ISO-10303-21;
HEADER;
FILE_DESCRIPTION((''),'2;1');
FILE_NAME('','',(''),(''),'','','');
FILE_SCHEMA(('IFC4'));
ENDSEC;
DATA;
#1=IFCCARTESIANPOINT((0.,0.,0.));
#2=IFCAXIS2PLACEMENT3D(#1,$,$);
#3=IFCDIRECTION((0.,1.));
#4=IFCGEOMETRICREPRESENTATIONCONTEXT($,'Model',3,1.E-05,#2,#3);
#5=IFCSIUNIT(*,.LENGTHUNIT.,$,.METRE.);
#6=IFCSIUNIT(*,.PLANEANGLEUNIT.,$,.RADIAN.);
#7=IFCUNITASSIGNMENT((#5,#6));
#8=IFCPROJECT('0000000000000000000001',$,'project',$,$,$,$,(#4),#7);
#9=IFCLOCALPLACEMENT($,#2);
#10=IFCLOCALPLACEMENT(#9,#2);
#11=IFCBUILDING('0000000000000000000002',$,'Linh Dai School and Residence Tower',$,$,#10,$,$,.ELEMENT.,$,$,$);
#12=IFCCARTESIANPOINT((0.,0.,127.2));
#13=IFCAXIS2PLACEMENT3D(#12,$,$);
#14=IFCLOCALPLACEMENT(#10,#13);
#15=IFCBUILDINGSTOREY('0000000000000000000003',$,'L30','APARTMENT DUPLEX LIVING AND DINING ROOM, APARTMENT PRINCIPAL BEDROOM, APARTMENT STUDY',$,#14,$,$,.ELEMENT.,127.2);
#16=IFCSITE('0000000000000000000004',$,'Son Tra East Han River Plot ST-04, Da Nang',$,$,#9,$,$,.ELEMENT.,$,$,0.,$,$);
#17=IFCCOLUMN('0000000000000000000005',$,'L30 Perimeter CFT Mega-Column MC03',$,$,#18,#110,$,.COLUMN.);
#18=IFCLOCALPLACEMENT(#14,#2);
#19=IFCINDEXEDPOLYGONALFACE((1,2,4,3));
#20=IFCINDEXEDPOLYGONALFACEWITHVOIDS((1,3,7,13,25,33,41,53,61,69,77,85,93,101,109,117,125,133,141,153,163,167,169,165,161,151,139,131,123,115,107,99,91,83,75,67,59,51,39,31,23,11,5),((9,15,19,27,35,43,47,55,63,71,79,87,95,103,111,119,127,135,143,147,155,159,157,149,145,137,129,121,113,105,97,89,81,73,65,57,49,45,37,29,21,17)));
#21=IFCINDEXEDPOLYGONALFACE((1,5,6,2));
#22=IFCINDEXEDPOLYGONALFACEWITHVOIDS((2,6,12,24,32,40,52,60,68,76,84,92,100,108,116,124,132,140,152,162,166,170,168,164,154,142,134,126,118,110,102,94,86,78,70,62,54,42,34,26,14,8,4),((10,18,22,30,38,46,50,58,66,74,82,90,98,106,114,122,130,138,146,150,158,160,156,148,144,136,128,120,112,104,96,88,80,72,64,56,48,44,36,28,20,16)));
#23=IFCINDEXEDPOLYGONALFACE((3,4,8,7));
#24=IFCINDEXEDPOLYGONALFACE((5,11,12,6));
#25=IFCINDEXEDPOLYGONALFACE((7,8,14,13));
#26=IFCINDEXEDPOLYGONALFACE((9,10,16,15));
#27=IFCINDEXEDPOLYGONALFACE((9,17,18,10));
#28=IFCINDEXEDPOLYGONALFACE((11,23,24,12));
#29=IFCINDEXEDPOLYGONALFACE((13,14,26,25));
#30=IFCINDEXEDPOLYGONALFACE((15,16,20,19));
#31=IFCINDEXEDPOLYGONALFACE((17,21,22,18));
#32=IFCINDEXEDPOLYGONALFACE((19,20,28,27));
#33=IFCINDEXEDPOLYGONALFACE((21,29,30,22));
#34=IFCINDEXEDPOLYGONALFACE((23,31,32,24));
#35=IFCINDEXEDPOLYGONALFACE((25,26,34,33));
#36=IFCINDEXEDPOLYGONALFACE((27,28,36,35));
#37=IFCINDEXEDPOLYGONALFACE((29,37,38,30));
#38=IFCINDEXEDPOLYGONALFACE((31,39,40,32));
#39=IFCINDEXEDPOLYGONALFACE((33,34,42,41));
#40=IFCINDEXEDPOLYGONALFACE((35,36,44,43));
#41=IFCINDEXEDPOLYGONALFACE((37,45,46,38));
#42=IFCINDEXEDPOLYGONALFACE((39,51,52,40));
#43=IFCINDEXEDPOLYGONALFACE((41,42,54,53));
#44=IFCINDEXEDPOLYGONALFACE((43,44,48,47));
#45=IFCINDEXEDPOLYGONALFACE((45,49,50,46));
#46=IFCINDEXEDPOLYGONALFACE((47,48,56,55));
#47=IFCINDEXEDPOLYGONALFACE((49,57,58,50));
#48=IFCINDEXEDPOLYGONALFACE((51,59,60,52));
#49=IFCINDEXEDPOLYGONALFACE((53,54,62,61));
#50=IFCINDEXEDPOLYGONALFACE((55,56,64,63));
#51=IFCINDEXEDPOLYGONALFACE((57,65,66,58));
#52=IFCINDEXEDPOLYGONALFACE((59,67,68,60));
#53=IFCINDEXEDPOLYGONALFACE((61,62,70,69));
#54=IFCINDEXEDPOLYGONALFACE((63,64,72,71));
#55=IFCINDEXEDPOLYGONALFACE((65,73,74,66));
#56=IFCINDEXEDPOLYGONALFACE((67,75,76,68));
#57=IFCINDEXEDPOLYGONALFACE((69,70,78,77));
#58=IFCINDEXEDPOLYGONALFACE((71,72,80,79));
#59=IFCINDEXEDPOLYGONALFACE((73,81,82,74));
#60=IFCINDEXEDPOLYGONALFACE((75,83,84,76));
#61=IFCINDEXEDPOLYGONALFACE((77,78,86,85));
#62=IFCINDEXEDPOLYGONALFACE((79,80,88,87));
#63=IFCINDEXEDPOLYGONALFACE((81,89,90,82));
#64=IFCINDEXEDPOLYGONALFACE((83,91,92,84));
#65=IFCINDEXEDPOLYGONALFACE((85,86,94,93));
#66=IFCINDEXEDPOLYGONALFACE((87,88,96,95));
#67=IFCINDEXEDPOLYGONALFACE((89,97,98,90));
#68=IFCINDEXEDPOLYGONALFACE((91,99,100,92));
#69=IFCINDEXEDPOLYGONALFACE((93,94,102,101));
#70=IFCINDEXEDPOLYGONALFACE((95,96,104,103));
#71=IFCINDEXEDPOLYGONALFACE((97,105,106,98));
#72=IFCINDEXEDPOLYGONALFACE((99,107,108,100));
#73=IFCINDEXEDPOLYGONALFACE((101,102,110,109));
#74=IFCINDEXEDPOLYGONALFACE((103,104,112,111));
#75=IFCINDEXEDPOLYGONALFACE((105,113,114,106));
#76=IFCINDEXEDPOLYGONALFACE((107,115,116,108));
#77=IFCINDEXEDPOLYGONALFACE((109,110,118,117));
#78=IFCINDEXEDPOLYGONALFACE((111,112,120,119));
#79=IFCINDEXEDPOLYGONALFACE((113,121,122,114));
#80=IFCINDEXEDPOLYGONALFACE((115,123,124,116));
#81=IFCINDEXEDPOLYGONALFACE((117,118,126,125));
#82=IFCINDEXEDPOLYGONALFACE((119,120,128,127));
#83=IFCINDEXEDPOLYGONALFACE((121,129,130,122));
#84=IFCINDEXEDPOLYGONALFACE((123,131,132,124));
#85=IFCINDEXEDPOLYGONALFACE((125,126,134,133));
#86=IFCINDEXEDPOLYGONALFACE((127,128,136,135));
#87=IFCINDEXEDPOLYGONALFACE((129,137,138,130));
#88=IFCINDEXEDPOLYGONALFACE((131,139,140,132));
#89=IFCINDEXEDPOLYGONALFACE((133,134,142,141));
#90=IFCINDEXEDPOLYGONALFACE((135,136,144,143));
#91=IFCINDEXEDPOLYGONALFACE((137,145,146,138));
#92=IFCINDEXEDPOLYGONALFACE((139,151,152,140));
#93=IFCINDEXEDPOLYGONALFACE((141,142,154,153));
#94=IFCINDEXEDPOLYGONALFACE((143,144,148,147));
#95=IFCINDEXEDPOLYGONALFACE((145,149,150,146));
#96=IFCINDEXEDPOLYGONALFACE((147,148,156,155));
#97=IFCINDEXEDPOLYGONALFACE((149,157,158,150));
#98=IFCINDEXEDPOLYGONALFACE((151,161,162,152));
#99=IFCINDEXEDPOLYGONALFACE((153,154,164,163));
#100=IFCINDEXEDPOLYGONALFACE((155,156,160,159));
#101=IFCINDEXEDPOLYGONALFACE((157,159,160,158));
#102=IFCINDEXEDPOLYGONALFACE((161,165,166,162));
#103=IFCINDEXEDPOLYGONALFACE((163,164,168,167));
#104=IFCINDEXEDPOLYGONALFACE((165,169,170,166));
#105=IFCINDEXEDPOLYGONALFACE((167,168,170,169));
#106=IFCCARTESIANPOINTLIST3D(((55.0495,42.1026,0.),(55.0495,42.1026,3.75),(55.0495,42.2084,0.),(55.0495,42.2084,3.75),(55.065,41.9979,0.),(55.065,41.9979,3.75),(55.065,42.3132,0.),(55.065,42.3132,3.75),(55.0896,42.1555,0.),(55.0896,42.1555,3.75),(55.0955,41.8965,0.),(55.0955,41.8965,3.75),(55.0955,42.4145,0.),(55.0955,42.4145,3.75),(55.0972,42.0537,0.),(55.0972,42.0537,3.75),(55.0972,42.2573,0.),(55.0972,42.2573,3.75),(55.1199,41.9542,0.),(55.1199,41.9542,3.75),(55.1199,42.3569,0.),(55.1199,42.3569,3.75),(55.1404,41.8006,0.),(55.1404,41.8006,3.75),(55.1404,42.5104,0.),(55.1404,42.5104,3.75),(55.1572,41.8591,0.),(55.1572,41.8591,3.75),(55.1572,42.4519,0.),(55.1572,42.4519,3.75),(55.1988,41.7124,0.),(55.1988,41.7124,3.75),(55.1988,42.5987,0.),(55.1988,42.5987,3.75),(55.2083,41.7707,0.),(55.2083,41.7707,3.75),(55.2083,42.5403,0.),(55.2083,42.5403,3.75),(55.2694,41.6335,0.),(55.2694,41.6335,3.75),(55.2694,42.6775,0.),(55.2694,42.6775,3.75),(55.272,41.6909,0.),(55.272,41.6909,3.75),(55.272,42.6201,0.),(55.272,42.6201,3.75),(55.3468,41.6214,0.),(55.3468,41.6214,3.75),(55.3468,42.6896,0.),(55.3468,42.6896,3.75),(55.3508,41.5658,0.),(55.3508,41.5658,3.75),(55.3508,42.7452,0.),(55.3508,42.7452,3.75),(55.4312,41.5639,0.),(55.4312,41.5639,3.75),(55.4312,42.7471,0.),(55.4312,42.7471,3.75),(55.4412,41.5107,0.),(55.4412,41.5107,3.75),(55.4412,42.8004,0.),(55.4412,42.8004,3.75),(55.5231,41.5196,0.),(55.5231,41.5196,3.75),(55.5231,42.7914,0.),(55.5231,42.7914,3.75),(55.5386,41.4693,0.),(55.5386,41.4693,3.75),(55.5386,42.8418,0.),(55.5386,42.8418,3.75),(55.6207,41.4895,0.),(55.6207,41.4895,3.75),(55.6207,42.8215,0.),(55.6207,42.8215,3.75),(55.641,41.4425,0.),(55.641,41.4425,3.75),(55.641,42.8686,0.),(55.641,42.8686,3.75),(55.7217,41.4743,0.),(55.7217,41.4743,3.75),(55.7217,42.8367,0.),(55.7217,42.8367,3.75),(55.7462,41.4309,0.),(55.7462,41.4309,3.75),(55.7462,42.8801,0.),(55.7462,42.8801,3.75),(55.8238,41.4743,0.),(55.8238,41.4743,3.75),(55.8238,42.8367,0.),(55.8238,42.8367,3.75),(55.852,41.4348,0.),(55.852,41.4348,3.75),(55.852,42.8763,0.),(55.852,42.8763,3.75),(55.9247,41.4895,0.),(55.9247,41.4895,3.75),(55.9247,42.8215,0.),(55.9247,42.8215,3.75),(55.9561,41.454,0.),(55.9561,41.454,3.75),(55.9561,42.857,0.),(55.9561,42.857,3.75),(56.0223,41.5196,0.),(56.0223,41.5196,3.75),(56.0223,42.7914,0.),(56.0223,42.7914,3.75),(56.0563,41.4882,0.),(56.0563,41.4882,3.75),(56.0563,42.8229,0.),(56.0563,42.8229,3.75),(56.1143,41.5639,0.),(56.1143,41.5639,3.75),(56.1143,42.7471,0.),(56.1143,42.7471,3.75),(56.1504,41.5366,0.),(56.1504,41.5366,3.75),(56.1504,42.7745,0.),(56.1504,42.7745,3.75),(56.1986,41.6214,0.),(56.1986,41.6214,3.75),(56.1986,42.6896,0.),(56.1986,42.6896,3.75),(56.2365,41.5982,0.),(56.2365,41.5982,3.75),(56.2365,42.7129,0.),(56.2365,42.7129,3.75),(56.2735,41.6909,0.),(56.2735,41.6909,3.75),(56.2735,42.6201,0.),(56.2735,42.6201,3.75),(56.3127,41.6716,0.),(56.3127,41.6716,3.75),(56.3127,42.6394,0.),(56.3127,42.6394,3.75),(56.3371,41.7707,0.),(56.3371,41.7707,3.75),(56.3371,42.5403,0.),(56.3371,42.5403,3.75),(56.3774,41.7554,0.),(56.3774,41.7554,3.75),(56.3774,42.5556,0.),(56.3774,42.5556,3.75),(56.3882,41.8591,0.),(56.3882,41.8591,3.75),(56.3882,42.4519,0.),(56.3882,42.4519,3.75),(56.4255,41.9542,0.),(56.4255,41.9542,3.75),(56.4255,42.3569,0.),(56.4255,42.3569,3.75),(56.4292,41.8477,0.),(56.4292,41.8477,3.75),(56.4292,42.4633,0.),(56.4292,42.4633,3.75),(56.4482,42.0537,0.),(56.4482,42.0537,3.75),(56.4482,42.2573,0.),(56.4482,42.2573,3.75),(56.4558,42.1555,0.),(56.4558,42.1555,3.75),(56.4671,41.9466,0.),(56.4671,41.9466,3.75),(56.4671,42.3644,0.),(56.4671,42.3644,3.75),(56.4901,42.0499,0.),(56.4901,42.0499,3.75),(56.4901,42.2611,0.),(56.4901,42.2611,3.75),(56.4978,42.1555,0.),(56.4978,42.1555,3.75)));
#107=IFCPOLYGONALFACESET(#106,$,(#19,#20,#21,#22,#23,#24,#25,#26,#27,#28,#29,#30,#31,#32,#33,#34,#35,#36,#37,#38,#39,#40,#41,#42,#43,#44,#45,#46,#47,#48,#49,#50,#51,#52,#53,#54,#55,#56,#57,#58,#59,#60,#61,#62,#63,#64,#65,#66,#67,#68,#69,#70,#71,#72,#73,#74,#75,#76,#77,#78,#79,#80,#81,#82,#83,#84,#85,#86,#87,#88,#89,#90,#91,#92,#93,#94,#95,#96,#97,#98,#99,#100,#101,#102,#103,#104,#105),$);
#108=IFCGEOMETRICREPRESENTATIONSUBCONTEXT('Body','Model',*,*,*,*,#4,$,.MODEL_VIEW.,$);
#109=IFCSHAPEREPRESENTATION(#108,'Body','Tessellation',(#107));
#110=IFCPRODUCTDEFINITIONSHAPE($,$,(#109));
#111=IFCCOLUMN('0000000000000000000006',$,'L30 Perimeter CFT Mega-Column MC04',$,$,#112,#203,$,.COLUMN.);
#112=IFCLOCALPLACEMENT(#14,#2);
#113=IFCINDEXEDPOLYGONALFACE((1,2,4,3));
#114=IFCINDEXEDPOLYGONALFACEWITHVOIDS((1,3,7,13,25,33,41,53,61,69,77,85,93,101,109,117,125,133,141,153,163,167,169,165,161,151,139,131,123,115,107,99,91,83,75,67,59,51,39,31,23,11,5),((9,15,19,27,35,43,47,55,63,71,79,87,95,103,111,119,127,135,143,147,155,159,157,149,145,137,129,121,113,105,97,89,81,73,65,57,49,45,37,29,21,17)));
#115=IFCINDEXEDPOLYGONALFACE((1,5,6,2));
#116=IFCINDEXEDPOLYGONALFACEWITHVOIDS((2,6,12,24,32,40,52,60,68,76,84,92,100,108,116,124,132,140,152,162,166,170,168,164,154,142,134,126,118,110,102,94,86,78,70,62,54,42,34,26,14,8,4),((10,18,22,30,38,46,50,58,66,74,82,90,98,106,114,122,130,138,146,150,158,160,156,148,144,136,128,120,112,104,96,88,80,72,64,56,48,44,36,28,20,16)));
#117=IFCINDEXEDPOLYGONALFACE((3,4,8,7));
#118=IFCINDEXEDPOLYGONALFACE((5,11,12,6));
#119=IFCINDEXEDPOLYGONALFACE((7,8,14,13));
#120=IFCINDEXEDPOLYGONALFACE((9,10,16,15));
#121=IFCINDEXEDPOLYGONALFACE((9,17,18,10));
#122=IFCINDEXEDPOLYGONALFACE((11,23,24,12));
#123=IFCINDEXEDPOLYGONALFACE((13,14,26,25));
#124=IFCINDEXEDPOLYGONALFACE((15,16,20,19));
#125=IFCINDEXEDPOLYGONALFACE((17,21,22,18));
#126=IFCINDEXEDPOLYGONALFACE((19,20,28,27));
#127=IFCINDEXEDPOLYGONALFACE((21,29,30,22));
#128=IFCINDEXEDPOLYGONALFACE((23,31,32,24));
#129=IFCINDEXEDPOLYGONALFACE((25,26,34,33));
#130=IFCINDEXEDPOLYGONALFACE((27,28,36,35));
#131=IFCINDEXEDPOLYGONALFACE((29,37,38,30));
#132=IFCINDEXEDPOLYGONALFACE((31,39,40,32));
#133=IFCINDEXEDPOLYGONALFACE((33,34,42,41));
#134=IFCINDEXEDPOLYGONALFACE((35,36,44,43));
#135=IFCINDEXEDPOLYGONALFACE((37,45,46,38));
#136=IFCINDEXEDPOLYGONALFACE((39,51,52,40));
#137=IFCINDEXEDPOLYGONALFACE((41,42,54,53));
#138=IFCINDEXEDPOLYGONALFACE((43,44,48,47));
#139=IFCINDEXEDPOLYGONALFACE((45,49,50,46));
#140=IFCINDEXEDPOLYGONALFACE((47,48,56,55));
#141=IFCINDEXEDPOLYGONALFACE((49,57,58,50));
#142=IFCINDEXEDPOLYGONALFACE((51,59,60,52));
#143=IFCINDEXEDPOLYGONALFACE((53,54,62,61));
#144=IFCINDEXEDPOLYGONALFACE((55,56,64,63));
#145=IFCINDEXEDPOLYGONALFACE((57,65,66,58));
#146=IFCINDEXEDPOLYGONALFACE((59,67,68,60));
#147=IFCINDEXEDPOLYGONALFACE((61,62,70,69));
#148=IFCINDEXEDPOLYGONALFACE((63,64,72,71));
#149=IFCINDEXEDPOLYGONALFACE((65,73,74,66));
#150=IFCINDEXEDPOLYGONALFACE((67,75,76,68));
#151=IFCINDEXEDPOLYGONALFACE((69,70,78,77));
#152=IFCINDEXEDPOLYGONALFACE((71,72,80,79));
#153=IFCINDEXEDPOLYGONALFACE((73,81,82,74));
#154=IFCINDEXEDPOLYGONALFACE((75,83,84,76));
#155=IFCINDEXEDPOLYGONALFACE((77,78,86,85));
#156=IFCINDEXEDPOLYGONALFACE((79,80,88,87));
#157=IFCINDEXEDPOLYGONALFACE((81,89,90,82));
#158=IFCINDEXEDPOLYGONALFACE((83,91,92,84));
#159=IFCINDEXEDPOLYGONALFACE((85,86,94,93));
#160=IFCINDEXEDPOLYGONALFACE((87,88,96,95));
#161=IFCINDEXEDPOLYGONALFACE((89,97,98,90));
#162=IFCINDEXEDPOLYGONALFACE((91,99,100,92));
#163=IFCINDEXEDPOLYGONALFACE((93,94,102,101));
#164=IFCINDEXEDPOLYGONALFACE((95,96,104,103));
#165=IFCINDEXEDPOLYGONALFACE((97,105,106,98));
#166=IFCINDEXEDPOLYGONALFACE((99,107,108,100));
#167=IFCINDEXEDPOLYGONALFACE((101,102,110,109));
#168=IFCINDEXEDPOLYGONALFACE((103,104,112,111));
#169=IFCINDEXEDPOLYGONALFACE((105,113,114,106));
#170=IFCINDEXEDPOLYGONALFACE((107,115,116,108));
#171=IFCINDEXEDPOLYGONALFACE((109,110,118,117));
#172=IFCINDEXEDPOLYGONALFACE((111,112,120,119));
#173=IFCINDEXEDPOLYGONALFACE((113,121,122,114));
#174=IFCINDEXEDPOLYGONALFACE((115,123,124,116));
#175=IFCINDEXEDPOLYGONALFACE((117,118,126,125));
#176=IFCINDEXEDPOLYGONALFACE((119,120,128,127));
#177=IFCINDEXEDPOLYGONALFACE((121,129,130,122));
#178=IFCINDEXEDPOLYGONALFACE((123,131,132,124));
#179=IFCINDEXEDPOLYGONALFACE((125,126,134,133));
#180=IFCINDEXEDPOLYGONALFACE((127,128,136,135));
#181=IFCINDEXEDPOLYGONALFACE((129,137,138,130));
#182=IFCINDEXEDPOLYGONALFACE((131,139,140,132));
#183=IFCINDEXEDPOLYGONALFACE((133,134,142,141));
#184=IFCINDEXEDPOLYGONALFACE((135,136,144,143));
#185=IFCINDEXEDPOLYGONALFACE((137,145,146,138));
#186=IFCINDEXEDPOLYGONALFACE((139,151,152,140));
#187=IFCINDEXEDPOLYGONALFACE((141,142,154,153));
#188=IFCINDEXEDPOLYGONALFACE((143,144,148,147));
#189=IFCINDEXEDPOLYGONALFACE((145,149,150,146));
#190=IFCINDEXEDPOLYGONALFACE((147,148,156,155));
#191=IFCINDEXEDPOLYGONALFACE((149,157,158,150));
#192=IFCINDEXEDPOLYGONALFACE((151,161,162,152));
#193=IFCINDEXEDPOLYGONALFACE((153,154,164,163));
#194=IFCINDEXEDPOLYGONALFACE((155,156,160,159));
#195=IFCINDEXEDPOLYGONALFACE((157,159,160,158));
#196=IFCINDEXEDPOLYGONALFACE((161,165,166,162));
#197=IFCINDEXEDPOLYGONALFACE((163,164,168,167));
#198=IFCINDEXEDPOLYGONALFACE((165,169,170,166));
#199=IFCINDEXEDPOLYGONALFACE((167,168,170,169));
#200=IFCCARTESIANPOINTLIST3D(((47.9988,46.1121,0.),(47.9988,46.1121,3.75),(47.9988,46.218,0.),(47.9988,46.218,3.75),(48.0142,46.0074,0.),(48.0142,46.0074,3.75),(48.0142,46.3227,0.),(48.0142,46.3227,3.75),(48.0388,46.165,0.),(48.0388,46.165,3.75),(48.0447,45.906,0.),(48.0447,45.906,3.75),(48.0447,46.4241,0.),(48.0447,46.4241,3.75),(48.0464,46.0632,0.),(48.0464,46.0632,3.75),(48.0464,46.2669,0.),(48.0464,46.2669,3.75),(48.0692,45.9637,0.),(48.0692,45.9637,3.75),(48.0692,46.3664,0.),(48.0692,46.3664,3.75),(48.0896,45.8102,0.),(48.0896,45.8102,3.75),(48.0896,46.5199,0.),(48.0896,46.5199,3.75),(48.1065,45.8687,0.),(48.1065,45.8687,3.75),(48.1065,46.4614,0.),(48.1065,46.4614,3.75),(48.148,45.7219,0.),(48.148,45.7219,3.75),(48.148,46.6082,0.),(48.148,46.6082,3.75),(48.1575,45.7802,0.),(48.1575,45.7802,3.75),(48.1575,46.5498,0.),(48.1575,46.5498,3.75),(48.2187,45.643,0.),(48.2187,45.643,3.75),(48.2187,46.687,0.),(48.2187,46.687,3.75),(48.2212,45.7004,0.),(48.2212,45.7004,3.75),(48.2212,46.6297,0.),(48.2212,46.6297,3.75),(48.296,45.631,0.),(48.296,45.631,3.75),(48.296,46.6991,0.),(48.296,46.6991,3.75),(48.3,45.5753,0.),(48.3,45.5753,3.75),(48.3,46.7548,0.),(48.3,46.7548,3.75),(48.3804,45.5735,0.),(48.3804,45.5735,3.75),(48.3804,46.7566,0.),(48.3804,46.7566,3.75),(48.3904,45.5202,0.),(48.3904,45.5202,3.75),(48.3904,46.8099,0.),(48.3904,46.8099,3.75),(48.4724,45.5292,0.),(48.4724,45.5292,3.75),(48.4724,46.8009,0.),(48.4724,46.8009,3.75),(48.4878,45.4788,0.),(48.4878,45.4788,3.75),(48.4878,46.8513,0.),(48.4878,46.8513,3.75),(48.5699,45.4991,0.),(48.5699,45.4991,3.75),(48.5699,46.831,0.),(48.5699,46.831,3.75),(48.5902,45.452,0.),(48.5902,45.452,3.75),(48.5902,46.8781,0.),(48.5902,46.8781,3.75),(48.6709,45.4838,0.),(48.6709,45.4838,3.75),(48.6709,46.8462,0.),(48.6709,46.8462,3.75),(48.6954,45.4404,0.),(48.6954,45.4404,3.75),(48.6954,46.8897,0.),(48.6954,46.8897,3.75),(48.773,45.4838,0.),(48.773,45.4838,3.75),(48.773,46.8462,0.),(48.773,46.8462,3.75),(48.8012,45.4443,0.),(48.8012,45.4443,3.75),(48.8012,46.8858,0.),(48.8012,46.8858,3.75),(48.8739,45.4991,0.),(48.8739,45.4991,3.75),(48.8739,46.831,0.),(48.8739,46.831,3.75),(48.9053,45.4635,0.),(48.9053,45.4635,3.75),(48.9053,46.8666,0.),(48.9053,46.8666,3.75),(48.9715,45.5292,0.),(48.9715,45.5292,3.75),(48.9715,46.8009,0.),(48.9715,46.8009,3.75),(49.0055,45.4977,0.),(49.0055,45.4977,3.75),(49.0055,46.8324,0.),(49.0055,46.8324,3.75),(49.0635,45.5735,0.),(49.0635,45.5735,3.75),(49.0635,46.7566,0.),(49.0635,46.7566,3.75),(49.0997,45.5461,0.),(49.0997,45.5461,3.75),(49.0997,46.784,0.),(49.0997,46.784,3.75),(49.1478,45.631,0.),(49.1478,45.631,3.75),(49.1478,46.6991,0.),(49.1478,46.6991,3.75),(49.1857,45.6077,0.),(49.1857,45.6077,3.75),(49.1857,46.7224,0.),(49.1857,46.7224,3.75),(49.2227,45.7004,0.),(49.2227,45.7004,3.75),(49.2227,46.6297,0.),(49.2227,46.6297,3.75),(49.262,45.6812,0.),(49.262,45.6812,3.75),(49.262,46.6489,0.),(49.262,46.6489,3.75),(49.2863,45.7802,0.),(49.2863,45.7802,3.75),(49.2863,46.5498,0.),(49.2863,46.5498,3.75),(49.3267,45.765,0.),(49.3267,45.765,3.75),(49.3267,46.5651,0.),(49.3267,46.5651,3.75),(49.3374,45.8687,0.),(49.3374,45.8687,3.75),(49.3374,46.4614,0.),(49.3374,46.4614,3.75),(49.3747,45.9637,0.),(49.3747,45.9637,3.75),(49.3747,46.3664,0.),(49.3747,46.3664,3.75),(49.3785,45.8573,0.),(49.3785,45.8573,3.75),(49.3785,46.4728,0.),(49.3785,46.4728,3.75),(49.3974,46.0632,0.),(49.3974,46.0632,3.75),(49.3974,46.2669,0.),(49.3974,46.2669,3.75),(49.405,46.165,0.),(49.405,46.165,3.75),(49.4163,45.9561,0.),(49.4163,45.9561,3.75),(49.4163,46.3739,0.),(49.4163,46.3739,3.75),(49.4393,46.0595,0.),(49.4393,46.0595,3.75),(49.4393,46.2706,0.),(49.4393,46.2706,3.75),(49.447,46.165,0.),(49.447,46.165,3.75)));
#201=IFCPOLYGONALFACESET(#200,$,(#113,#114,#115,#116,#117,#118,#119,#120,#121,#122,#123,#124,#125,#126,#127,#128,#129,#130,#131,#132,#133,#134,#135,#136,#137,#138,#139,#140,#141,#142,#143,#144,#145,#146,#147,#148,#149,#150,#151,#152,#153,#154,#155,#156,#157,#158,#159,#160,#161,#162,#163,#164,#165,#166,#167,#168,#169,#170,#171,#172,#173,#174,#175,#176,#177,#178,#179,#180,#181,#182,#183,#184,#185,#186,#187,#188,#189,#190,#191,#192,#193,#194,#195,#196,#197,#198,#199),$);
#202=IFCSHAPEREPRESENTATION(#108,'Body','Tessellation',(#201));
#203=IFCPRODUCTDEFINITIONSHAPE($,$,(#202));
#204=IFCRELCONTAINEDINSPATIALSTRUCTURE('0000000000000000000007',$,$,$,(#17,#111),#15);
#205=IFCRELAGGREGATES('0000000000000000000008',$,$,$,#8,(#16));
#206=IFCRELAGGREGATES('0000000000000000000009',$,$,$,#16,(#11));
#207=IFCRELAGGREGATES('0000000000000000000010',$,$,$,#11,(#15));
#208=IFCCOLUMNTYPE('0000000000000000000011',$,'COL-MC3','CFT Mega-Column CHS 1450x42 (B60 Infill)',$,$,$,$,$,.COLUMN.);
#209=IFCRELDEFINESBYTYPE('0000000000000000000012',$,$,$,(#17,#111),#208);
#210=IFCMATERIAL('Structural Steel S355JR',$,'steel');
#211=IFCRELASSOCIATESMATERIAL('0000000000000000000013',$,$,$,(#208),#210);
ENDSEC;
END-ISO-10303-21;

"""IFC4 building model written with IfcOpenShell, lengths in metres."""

from ifc_helpers import new_model, si_unit, direction, frame, origin, origin_2d, place, context, subcontext, project, spatial, hollow_circle, extrude, material, material_profile, profile_set, type_object, element, save


model = new_model("IFC4")

# Units and contexts
model_context = context("Model", 3, precision=1e-05, world=origin(), true_north=direction((0.0, 1.0)))
body_context = subcontext(model_context, "Body", "Model", "MODEL_VIEW")
ifc_project = project(units=[si_unit("LENGTHUNIT", "METRE"), si_unit("PLANEANGLEUNIT", "RADIAN")], contexts=[model_context])

# Site, building, storey
site_placement = place(None, origin())
site = spatial("IfcSite", under=ifc_project, at=site_placement, Name="Son Tra East Han River Plot ST-04, Da Nang", CompositionType="ELEMENT", RefElevation=0.0)
building_placement = place(site_placement, origin())
building = spatial("IfcBuilding", under=site, at=building_placement, Name="Linh Dai School and Residence Tower", CompositionType="ELEMENT")
storey_placement = place(building_placement, frame((0.0, 0.0, 127.2)))
storey = spatial("IfcBuildingStorey", under=building, at=storey_placement, Name="L30", Description="APARTMENT DUPLEX LIVING AND DINING ROOM, APARTMENT PRINCIPAL BEDROOM, APARTMENT STUDY", CompositionType="ELEMENT", Elevation=127.2)

# Columns
ifc_material_1 = material(Name="Structural Steel S355JR", Category="steel")
ifc_material_profile_1 = material_profile(ifc_material_1, hollow_circle(Radius=0.7251, WallThickness=0.042, at=origin_2d()), Name="CHS 1450x42")
ifc_profile_set_1 = profile_set([ifc_material_profile_1], Name="Structural Steel S355JR")
column_type = type_object("IfcColumnType", Name="COL-MC3", Description="CFT Mega-Column CHS 1450x42 (B60 Infill)", PredefinedType="COLUMN", material=ifc_profile_set_1)
for number, where, z_axis, x_axis, name in (
    (1, (55.7727, 42.1555, 0.0), (0.0, 0.0, 1.0), (1.0, 0.0, 0.0), "L30 Perimeter CFT Mega-Column MC03"),
    (2, (48.7219, 46.165, 0.0), (0.0, 0.0, 1.0), (1.0, 0.0, 0.0), "L30 Perimeter CFT Mega-Column MC04"),
):
    element("IfcColumn", number, at=place(storey_placement, frame(where, z_axis=z_axis, x_axis=x_axis)), inside=storey, type_object=column_type, Name=name, PredefinedType="COLUMN", context=body_context, shape_type="SweptSolid", body=[
        extrude(hollow_circle(Radius=0.7251, WallThickness=0.042, at=origin_2d()), origin(), (0.0, 0.0, 1.0), 3.75),
    ])

save(model, "model.ifc")
